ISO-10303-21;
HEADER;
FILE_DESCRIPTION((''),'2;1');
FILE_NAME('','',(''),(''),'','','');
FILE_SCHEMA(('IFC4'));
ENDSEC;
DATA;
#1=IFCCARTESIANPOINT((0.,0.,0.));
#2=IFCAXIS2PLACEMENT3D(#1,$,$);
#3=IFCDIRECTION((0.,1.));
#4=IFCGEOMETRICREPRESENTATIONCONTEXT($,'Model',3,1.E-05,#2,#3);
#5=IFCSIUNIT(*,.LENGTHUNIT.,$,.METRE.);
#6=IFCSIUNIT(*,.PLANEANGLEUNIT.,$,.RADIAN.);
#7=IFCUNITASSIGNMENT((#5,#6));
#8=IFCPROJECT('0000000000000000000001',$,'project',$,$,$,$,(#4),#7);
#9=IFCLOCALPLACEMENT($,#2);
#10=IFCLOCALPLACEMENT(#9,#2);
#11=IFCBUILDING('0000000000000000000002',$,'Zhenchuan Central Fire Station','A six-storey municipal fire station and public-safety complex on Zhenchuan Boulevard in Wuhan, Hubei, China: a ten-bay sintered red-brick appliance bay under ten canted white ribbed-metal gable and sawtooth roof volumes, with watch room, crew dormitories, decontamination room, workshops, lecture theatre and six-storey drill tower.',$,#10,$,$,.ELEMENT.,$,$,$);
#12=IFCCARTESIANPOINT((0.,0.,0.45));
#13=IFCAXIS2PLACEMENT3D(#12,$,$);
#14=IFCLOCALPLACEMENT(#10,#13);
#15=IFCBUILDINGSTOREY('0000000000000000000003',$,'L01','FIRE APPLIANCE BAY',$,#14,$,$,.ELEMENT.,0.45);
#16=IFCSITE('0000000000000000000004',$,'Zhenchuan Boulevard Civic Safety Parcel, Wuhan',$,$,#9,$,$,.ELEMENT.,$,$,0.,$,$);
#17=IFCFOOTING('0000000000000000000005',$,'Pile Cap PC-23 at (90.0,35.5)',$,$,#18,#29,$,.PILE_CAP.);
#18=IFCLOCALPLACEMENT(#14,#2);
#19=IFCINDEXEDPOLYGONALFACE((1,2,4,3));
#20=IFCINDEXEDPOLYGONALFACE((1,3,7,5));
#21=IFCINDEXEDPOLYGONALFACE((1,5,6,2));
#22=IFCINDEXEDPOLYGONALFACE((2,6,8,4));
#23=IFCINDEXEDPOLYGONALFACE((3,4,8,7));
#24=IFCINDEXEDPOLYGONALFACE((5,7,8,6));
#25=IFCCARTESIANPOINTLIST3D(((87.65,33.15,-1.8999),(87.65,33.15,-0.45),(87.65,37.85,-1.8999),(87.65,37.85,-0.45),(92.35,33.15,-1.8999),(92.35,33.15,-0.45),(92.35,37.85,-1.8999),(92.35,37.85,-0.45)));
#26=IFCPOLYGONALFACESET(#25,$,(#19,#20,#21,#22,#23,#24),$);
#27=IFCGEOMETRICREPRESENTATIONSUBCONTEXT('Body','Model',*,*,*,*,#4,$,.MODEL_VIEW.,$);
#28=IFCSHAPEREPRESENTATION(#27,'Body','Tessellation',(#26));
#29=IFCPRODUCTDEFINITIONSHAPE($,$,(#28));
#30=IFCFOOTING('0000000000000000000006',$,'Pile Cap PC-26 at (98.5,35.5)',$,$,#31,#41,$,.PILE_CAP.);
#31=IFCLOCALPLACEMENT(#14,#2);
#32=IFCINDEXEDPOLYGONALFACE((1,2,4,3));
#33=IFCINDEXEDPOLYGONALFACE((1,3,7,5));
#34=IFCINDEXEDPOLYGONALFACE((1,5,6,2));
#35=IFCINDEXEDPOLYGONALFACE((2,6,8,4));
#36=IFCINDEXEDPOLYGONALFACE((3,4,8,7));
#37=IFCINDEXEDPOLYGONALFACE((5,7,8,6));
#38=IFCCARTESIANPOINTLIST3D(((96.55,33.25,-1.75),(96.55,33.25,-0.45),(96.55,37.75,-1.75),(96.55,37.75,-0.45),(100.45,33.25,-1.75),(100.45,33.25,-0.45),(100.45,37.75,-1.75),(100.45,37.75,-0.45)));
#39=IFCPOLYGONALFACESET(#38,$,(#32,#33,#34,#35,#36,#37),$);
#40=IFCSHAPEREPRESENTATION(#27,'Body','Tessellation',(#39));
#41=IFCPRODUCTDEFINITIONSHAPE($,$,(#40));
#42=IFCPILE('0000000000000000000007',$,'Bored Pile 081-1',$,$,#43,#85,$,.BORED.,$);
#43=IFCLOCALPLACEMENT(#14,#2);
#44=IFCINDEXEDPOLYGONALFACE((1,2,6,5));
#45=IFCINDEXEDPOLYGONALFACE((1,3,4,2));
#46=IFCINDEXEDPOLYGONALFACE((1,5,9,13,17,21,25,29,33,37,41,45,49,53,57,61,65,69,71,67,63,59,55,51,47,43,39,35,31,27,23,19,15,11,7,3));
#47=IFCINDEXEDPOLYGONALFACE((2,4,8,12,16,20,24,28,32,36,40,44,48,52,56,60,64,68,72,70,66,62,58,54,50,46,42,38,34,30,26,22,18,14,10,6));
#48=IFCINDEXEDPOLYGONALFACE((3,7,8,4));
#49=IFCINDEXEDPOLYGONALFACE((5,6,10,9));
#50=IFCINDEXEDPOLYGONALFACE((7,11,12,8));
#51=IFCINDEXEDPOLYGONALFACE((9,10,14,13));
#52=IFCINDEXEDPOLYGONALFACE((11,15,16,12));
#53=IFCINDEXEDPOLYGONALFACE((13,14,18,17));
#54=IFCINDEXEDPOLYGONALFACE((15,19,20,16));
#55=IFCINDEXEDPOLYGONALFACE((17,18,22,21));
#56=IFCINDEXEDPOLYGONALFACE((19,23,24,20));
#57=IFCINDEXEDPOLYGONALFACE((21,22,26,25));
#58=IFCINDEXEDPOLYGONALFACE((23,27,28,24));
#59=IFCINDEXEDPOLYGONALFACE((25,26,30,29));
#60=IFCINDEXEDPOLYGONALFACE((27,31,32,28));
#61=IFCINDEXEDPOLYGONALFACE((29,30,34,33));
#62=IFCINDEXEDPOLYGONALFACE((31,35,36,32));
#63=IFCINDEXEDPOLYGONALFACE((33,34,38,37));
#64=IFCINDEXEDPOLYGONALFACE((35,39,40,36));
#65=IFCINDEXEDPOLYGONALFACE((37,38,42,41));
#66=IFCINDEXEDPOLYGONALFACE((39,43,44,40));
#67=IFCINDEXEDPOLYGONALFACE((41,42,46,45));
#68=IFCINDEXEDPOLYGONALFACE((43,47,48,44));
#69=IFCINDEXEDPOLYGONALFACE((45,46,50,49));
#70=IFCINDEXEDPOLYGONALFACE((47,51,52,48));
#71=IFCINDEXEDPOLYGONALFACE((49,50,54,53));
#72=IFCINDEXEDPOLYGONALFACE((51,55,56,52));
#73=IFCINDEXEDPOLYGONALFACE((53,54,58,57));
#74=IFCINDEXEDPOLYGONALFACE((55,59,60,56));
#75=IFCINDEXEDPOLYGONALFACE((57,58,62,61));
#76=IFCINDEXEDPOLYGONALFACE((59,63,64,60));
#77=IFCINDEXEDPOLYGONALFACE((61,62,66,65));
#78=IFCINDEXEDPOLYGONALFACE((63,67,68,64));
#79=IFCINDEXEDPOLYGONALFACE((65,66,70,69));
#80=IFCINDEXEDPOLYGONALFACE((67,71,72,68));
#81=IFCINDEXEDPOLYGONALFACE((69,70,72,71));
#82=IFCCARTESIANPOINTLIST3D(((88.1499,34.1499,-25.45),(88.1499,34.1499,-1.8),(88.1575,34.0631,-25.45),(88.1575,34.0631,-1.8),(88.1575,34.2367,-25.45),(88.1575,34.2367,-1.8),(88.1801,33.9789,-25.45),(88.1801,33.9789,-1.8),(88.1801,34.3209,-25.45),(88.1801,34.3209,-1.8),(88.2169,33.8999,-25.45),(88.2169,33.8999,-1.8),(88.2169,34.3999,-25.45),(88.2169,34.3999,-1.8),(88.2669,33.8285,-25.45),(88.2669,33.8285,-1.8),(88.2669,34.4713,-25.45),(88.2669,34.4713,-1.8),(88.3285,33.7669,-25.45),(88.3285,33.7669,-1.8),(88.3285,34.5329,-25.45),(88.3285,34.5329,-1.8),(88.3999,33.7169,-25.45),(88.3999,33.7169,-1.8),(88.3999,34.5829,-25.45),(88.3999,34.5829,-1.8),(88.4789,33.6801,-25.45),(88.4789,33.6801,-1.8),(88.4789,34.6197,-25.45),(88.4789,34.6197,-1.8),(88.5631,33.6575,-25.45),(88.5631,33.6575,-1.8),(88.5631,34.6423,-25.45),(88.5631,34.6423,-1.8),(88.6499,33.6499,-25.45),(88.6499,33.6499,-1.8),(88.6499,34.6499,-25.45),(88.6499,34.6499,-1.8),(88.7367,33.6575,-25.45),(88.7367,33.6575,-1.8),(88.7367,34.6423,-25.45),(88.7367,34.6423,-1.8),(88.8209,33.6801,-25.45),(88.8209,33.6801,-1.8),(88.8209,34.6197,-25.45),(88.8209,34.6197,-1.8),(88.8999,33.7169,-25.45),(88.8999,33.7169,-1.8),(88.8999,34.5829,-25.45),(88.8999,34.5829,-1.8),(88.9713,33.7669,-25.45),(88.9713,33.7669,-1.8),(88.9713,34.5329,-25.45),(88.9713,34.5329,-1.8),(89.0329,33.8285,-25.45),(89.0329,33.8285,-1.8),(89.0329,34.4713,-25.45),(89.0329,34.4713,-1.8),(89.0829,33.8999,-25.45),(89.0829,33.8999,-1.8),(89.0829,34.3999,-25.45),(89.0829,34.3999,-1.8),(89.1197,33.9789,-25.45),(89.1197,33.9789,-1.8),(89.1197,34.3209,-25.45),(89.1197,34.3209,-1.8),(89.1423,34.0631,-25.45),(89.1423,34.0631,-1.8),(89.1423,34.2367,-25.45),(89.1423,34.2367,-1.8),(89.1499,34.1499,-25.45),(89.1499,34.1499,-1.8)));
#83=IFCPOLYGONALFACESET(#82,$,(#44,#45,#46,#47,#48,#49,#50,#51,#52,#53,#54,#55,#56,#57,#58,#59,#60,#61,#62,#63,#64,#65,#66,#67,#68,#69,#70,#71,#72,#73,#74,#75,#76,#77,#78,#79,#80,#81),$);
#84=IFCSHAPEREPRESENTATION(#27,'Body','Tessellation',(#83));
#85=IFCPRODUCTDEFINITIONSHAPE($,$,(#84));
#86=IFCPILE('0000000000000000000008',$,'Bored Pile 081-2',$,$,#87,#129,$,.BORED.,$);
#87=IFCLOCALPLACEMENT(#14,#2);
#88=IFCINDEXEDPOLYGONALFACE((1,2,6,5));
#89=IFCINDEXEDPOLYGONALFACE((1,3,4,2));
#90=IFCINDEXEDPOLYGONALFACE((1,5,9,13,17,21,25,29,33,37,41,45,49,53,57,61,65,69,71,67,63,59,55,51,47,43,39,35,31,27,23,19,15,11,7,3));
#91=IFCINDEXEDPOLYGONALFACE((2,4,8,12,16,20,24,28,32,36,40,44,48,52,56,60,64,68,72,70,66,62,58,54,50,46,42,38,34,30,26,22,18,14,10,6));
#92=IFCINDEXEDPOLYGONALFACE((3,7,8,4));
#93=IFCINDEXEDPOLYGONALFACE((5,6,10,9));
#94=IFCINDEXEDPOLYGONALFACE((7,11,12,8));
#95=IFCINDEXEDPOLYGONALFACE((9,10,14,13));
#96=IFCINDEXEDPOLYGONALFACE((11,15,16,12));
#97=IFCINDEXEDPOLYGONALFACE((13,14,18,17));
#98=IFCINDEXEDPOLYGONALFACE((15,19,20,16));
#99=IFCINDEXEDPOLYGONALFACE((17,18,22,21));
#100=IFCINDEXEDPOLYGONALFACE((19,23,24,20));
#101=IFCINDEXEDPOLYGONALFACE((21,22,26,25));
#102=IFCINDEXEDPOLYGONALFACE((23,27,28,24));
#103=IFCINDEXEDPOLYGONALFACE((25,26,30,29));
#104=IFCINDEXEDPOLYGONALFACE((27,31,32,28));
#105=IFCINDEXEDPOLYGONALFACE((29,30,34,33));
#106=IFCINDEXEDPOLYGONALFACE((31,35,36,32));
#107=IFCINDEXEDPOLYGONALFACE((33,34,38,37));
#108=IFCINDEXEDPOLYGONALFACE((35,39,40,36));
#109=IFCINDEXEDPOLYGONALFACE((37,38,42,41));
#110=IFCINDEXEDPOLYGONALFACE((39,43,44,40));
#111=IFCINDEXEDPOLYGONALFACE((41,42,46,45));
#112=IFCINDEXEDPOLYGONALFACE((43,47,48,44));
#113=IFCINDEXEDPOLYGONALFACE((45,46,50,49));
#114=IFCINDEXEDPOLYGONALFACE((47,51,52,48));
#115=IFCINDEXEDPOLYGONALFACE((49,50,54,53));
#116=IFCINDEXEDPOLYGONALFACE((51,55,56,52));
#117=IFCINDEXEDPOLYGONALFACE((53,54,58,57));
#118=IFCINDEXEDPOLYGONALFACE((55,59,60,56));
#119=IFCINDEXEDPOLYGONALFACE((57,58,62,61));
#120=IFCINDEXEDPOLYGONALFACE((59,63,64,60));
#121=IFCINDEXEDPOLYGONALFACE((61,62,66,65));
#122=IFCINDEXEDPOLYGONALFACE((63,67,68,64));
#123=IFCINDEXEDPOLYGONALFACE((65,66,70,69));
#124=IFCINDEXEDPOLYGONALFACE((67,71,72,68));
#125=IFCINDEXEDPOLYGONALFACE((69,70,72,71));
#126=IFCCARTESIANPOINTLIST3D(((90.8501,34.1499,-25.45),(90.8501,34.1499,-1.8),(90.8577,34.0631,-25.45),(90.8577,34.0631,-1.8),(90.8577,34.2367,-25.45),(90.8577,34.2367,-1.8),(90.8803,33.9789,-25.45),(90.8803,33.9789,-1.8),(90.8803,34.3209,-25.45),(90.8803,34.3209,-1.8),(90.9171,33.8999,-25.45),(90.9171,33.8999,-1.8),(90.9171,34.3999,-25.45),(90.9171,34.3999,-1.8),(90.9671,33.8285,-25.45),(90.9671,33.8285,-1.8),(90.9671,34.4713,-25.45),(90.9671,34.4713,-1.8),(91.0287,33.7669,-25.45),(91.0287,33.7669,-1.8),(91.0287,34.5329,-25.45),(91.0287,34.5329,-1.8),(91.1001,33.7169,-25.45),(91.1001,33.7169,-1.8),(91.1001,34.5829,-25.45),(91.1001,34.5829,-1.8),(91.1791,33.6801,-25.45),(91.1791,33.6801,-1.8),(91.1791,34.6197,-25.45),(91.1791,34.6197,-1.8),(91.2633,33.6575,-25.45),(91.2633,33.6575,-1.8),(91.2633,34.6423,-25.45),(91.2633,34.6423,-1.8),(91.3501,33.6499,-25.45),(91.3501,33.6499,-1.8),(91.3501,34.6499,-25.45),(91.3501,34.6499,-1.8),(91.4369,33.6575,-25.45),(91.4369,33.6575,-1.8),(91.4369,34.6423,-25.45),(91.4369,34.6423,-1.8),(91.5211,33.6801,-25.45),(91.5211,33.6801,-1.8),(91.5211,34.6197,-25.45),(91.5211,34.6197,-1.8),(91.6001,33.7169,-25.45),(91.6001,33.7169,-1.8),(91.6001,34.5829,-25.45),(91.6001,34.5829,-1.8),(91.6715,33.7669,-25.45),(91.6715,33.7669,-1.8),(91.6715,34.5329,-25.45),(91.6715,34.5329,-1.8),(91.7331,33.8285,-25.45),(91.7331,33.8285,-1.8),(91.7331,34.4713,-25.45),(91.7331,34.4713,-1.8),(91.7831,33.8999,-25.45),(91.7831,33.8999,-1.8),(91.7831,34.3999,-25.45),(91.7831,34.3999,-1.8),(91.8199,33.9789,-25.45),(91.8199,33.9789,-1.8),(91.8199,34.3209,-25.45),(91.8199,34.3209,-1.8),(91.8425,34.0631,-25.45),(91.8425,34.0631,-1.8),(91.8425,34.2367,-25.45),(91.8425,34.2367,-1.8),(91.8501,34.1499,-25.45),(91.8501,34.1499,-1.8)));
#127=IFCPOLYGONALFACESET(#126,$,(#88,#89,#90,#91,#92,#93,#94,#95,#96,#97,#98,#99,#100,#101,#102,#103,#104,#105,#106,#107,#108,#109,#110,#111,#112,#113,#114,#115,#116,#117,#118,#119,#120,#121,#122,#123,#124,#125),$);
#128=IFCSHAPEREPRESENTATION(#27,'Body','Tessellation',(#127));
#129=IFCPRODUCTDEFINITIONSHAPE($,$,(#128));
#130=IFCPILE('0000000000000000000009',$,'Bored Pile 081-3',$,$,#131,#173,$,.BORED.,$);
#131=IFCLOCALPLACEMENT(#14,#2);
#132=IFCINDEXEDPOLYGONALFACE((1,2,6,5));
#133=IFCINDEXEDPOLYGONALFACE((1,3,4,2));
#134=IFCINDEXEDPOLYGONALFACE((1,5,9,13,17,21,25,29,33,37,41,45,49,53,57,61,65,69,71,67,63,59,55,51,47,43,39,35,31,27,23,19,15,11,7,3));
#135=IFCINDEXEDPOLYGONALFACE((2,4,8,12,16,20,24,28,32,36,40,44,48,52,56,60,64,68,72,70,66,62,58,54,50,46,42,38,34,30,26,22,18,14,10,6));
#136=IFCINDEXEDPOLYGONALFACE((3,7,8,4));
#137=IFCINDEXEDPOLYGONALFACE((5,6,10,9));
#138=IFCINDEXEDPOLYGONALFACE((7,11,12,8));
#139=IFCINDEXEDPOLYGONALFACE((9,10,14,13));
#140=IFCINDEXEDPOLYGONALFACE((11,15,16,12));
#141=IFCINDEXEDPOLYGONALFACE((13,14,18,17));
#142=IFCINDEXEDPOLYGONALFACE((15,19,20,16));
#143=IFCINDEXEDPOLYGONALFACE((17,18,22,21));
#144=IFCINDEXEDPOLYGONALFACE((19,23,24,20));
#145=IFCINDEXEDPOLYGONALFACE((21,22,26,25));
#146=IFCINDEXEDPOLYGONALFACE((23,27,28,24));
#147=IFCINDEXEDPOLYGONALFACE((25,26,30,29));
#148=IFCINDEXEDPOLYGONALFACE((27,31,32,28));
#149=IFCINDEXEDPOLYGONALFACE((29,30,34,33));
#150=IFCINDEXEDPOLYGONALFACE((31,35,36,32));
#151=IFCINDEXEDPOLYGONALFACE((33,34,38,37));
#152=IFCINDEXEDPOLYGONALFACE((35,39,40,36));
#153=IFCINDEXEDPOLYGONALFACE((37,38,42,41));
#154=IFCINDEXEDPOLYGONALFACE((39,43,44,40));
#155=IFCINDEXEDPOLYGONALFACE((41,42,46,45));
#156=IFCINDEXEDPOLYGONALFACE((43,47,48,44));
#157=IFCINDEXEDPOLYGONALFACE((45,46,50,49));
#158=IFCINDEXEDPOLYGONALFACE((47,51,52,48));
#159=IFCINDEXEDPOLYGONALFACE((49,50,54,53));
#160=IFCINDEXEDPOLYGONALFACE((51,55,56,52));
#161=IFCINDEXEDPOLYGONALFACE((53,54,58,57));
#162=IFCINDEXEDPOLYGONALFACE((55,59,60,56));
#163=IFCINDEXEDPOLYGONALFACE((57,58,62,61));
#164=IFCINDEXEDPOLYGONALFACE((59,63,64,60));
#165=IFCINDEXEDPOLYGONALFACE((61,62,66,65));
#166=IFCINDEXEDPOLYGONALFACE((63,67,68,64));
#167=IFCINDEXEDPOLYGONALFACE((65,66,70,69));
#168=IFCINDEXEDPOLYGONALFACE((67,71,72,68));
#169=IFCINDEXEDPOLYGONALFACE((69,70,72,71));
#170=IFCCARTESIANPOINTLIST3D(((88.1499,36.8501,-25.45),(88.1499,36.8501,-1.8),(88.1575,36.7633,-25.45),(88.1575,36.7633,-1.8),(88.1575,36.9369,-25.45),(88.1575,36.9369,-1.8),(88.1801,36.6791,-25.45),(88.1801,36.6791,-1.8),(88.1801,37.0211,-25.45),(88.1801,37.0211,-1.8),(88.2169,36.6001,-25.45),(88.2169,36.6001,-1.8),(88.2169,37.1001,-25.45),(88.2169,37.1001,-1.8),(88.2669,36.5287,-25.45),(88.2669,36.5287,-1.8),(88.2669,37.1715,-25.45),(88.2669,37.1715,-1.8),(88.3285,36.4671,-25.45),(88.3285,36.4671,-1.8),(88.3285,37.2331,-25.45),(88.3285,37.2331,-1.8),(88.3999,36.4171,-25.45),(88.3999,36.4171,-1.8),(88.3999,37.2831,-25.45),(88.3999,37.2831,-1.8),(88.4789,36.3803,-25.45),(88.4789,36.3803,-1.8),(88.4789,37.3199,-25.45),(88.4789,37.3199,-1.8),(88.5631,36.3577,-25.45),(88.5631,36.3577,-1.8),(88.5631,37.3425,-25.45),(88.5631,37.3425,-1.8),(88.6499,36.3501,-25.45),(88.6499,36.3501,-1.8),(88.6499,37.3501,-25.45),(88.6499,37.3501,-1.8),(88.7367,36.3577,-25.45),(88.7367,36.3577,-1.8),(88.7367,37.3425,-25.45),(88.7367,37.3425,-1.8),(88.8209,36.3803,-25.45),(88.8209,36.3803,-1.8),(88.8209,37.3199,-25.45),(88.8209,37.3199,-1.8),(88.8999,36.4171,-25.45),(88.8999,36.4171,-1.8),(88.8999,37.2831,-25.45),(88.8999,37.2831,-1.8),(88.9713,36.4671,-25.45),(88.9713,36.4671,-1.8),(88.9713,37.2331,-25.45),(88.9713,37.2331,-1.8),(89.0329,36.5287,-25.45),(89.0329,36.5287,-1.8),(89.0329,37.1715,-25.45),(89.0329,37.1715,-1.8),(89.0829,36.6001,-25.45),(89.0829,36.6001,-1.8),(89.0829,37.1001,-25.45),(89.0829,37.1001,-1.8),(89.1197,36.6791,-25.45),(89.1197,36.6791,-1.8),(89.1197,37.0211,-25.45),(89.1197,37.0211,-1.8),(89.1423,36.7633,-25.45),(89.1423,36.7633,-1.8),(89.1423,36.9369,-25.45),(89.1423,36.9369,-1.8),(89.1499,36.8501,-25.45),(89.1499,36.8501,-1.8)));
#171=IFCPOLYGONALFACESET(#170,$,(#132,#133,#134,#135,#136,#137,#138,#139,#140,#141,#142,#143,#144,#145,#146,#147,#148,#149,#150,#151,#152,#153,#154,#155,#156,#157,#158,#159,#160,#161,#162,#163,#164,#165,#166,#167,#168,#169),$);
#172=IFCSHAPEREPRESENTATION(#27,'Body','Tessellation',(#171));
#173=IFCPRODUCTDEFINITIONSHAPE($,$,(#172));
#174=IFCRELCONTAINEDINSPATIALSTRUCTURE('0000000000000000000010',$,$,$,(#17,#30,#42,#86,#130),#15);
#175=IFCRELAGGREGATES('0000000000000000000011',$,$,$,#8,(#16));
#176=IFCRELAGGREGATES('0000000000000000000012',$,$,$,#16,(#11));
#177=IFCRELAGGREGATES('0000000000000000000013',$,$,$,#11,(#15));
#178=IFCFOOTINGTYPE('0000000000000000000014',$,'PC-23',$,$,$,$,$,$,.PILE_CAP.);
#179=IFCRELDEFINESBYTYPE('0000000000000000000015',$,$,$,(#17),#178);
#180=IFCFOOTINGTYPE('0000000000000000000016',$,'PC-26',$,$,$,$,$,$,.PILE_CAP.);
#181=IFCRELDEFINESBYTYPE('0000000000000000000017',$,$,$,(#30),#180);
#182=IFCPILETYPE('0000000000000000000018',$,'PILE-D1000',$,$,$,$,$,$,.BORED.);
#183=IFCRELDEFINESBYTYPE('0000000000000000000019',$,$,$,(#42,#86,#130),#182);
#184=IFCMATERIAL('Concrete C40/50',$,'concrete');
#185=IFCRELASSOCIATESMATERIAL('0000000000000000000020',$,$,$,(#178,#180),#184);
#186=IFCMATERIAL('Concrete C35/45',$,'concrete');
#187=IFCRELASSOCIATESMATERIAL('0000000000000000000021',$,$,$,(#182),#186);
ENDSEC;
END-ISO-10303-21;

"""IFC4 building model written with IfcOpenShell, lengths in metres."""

from ifc_helpers import new_model, si_unit, direction, frame, origin, origin_2d, place, context, subcontext, project, spatial, rectangle, circle, extrude, material, material_profile, profile_set, type_object, element, save


model = new_model("IFC4")

# Units and contexts
model_context = context("Model", 3, precision=1e-05, world=origin(), true_north=direction((0.0, 1.0)))
body_context = subcontext(model_context, "Body", "Model", "MODEL_VIEW")
ifc_project = project(units=[si_unit("LENGTHUNIT", "METRE"), si_unit("PLANEANGLEUNIT", "RADIAN")], contexts=[model_context])

# Site, building, storey
site_placement = place(None, origin())
site = spatial("IfcSite", under=ifc_project, at=site_placement, Name="Zhenchuan Boulevard Civic Safety Parcel, Wuhan", CompositionType="ELEMENT", RefElevation=0.0)
building_placement = place(site_placement, origin())
building = spatial("IfcBuilding", under=site, at=building_placement, Name="Zhenchuan Central Fire Station", Description="A six-storey municipal fire station and public-safety complex on Zhenchuan Boulevard in Wuhan, Hubei, China: a ten-bay sintered red-brick appliance bay under ten canted white ribbed-metal gable and sawtooth roof volumes, with watch room, crew dormitories, decontamination room, workshops, lecture theatre and six-storey drill tower.", CompositionType="ELEMENT")
storey_placement = place(building_placement, frame((0.0, 0.0, 0.45)))
storey = spatial("IfcBuildingStorey", under=building, at=storey_placement, Name="L01", Description="FIRE APPLIANCE BAY", CompositionType="ELEMENT", Elevation=0.45)

# Footings
ifc_material_1 = material(Name="Concrete C40/50", Category="concrete")
footing_type_1 = type_object("IfcFootingType", Name="PC-23", PredefinedType="PILE_CAP", material=ifc_material_1)
footing_1_placement = place(storey_placement, frame((90.0, 35.5, -1.8999), z_axis=(0.0, 0.0, 1.0), x_axis=(1.0, 0.0, 0.0)))
element("IfcFooting", 1, at=footing_1_placement, inside=storey, type_object=footing_type_1, Name="Pile Cap PC-23 at (90.0,35.5)", PredefinedType="PILE_CAP", context=body_context, shape_type="SweptSolid", body=[
    extrude(rectangle(XDim=4.7, YDim=4.7, at=origin_2d()), origin(), (0.0, 0.0, 1.0), 1.45),
])
footing_type_2 = type_object("IfcFootingType", Name="PC-26", PredefinedType="PILE_CAP", material=ifc_material_1)
footing_2_placement = place(storey_placement, frame((98.5, 35.5, -1.75), z_axis=(0.0, 0.0, 1.0), x_axis=(1.0, 0.0, 0.0)))
element("IfcFooting", 2, at=footing_2_placement, inside=storey, type_object=footing_type_2, Name="Pile Cap PC-26 at (98.5,35.5)", PredefinedType="PILE_CAP", context=body_context, shape_type="SweptSolid", body=[
    extrude(rectangle(XDim=3.8999, YDim=4.5, at=origin_2d()), origin(), (0.0, 0.0, 1.0), 1.3),
])

# Piles
ifc_material_2 = material(Name="Concrete C35/45", Category="concrete")
ifc_material_profile_1 = material_profile(ifc_material_2, circle(Radius=0.5, at=origin_2d()), Name="PILE D1000")
ifc_profile_set_1 = profile_set([ifc_material_profile_1], Name="Concrete C35/45")
pile_type_1 = type_object("IfcPileType", Name="PILE-D1000", PredefinedType="BORED", material=ifc_profile_set_1)
for number, where, z_axis, x_axis, name in (
    (3, (88.6499, 34.1499, -1.8), (0.0, 0.0, -1.0), (1.0, 0.0, 0.0), "Bored Pile 081-1"),
    (4, (91.3501, 34.1499, -1.8), (0.0, 0.0, -1.0), (1.0, 0.0, 0.0), "Bored Pile 081-2"),
    (5, (88.6499, 36.8501, -1.8), (0.0, 0.0, -1.0), (1.0, 0.0, 0.0), "Bored Pile 081-3"),
):
    element("IfcPile", number, at=place(storey_placement, frame(where, z_axis=z_axis, x_axis=x_axis)), inside=storey, type_object=pile_type_1, Name=name, PredefinedType="BORED", context=body_context, shape_type="SweptSolid", body=[
        extrude(circle(Radius=0.5, at=origin_2d()), origin(), (0.0, 0.0, 1.0), 23.6499),
    ])

save(model, "model.ifc")
